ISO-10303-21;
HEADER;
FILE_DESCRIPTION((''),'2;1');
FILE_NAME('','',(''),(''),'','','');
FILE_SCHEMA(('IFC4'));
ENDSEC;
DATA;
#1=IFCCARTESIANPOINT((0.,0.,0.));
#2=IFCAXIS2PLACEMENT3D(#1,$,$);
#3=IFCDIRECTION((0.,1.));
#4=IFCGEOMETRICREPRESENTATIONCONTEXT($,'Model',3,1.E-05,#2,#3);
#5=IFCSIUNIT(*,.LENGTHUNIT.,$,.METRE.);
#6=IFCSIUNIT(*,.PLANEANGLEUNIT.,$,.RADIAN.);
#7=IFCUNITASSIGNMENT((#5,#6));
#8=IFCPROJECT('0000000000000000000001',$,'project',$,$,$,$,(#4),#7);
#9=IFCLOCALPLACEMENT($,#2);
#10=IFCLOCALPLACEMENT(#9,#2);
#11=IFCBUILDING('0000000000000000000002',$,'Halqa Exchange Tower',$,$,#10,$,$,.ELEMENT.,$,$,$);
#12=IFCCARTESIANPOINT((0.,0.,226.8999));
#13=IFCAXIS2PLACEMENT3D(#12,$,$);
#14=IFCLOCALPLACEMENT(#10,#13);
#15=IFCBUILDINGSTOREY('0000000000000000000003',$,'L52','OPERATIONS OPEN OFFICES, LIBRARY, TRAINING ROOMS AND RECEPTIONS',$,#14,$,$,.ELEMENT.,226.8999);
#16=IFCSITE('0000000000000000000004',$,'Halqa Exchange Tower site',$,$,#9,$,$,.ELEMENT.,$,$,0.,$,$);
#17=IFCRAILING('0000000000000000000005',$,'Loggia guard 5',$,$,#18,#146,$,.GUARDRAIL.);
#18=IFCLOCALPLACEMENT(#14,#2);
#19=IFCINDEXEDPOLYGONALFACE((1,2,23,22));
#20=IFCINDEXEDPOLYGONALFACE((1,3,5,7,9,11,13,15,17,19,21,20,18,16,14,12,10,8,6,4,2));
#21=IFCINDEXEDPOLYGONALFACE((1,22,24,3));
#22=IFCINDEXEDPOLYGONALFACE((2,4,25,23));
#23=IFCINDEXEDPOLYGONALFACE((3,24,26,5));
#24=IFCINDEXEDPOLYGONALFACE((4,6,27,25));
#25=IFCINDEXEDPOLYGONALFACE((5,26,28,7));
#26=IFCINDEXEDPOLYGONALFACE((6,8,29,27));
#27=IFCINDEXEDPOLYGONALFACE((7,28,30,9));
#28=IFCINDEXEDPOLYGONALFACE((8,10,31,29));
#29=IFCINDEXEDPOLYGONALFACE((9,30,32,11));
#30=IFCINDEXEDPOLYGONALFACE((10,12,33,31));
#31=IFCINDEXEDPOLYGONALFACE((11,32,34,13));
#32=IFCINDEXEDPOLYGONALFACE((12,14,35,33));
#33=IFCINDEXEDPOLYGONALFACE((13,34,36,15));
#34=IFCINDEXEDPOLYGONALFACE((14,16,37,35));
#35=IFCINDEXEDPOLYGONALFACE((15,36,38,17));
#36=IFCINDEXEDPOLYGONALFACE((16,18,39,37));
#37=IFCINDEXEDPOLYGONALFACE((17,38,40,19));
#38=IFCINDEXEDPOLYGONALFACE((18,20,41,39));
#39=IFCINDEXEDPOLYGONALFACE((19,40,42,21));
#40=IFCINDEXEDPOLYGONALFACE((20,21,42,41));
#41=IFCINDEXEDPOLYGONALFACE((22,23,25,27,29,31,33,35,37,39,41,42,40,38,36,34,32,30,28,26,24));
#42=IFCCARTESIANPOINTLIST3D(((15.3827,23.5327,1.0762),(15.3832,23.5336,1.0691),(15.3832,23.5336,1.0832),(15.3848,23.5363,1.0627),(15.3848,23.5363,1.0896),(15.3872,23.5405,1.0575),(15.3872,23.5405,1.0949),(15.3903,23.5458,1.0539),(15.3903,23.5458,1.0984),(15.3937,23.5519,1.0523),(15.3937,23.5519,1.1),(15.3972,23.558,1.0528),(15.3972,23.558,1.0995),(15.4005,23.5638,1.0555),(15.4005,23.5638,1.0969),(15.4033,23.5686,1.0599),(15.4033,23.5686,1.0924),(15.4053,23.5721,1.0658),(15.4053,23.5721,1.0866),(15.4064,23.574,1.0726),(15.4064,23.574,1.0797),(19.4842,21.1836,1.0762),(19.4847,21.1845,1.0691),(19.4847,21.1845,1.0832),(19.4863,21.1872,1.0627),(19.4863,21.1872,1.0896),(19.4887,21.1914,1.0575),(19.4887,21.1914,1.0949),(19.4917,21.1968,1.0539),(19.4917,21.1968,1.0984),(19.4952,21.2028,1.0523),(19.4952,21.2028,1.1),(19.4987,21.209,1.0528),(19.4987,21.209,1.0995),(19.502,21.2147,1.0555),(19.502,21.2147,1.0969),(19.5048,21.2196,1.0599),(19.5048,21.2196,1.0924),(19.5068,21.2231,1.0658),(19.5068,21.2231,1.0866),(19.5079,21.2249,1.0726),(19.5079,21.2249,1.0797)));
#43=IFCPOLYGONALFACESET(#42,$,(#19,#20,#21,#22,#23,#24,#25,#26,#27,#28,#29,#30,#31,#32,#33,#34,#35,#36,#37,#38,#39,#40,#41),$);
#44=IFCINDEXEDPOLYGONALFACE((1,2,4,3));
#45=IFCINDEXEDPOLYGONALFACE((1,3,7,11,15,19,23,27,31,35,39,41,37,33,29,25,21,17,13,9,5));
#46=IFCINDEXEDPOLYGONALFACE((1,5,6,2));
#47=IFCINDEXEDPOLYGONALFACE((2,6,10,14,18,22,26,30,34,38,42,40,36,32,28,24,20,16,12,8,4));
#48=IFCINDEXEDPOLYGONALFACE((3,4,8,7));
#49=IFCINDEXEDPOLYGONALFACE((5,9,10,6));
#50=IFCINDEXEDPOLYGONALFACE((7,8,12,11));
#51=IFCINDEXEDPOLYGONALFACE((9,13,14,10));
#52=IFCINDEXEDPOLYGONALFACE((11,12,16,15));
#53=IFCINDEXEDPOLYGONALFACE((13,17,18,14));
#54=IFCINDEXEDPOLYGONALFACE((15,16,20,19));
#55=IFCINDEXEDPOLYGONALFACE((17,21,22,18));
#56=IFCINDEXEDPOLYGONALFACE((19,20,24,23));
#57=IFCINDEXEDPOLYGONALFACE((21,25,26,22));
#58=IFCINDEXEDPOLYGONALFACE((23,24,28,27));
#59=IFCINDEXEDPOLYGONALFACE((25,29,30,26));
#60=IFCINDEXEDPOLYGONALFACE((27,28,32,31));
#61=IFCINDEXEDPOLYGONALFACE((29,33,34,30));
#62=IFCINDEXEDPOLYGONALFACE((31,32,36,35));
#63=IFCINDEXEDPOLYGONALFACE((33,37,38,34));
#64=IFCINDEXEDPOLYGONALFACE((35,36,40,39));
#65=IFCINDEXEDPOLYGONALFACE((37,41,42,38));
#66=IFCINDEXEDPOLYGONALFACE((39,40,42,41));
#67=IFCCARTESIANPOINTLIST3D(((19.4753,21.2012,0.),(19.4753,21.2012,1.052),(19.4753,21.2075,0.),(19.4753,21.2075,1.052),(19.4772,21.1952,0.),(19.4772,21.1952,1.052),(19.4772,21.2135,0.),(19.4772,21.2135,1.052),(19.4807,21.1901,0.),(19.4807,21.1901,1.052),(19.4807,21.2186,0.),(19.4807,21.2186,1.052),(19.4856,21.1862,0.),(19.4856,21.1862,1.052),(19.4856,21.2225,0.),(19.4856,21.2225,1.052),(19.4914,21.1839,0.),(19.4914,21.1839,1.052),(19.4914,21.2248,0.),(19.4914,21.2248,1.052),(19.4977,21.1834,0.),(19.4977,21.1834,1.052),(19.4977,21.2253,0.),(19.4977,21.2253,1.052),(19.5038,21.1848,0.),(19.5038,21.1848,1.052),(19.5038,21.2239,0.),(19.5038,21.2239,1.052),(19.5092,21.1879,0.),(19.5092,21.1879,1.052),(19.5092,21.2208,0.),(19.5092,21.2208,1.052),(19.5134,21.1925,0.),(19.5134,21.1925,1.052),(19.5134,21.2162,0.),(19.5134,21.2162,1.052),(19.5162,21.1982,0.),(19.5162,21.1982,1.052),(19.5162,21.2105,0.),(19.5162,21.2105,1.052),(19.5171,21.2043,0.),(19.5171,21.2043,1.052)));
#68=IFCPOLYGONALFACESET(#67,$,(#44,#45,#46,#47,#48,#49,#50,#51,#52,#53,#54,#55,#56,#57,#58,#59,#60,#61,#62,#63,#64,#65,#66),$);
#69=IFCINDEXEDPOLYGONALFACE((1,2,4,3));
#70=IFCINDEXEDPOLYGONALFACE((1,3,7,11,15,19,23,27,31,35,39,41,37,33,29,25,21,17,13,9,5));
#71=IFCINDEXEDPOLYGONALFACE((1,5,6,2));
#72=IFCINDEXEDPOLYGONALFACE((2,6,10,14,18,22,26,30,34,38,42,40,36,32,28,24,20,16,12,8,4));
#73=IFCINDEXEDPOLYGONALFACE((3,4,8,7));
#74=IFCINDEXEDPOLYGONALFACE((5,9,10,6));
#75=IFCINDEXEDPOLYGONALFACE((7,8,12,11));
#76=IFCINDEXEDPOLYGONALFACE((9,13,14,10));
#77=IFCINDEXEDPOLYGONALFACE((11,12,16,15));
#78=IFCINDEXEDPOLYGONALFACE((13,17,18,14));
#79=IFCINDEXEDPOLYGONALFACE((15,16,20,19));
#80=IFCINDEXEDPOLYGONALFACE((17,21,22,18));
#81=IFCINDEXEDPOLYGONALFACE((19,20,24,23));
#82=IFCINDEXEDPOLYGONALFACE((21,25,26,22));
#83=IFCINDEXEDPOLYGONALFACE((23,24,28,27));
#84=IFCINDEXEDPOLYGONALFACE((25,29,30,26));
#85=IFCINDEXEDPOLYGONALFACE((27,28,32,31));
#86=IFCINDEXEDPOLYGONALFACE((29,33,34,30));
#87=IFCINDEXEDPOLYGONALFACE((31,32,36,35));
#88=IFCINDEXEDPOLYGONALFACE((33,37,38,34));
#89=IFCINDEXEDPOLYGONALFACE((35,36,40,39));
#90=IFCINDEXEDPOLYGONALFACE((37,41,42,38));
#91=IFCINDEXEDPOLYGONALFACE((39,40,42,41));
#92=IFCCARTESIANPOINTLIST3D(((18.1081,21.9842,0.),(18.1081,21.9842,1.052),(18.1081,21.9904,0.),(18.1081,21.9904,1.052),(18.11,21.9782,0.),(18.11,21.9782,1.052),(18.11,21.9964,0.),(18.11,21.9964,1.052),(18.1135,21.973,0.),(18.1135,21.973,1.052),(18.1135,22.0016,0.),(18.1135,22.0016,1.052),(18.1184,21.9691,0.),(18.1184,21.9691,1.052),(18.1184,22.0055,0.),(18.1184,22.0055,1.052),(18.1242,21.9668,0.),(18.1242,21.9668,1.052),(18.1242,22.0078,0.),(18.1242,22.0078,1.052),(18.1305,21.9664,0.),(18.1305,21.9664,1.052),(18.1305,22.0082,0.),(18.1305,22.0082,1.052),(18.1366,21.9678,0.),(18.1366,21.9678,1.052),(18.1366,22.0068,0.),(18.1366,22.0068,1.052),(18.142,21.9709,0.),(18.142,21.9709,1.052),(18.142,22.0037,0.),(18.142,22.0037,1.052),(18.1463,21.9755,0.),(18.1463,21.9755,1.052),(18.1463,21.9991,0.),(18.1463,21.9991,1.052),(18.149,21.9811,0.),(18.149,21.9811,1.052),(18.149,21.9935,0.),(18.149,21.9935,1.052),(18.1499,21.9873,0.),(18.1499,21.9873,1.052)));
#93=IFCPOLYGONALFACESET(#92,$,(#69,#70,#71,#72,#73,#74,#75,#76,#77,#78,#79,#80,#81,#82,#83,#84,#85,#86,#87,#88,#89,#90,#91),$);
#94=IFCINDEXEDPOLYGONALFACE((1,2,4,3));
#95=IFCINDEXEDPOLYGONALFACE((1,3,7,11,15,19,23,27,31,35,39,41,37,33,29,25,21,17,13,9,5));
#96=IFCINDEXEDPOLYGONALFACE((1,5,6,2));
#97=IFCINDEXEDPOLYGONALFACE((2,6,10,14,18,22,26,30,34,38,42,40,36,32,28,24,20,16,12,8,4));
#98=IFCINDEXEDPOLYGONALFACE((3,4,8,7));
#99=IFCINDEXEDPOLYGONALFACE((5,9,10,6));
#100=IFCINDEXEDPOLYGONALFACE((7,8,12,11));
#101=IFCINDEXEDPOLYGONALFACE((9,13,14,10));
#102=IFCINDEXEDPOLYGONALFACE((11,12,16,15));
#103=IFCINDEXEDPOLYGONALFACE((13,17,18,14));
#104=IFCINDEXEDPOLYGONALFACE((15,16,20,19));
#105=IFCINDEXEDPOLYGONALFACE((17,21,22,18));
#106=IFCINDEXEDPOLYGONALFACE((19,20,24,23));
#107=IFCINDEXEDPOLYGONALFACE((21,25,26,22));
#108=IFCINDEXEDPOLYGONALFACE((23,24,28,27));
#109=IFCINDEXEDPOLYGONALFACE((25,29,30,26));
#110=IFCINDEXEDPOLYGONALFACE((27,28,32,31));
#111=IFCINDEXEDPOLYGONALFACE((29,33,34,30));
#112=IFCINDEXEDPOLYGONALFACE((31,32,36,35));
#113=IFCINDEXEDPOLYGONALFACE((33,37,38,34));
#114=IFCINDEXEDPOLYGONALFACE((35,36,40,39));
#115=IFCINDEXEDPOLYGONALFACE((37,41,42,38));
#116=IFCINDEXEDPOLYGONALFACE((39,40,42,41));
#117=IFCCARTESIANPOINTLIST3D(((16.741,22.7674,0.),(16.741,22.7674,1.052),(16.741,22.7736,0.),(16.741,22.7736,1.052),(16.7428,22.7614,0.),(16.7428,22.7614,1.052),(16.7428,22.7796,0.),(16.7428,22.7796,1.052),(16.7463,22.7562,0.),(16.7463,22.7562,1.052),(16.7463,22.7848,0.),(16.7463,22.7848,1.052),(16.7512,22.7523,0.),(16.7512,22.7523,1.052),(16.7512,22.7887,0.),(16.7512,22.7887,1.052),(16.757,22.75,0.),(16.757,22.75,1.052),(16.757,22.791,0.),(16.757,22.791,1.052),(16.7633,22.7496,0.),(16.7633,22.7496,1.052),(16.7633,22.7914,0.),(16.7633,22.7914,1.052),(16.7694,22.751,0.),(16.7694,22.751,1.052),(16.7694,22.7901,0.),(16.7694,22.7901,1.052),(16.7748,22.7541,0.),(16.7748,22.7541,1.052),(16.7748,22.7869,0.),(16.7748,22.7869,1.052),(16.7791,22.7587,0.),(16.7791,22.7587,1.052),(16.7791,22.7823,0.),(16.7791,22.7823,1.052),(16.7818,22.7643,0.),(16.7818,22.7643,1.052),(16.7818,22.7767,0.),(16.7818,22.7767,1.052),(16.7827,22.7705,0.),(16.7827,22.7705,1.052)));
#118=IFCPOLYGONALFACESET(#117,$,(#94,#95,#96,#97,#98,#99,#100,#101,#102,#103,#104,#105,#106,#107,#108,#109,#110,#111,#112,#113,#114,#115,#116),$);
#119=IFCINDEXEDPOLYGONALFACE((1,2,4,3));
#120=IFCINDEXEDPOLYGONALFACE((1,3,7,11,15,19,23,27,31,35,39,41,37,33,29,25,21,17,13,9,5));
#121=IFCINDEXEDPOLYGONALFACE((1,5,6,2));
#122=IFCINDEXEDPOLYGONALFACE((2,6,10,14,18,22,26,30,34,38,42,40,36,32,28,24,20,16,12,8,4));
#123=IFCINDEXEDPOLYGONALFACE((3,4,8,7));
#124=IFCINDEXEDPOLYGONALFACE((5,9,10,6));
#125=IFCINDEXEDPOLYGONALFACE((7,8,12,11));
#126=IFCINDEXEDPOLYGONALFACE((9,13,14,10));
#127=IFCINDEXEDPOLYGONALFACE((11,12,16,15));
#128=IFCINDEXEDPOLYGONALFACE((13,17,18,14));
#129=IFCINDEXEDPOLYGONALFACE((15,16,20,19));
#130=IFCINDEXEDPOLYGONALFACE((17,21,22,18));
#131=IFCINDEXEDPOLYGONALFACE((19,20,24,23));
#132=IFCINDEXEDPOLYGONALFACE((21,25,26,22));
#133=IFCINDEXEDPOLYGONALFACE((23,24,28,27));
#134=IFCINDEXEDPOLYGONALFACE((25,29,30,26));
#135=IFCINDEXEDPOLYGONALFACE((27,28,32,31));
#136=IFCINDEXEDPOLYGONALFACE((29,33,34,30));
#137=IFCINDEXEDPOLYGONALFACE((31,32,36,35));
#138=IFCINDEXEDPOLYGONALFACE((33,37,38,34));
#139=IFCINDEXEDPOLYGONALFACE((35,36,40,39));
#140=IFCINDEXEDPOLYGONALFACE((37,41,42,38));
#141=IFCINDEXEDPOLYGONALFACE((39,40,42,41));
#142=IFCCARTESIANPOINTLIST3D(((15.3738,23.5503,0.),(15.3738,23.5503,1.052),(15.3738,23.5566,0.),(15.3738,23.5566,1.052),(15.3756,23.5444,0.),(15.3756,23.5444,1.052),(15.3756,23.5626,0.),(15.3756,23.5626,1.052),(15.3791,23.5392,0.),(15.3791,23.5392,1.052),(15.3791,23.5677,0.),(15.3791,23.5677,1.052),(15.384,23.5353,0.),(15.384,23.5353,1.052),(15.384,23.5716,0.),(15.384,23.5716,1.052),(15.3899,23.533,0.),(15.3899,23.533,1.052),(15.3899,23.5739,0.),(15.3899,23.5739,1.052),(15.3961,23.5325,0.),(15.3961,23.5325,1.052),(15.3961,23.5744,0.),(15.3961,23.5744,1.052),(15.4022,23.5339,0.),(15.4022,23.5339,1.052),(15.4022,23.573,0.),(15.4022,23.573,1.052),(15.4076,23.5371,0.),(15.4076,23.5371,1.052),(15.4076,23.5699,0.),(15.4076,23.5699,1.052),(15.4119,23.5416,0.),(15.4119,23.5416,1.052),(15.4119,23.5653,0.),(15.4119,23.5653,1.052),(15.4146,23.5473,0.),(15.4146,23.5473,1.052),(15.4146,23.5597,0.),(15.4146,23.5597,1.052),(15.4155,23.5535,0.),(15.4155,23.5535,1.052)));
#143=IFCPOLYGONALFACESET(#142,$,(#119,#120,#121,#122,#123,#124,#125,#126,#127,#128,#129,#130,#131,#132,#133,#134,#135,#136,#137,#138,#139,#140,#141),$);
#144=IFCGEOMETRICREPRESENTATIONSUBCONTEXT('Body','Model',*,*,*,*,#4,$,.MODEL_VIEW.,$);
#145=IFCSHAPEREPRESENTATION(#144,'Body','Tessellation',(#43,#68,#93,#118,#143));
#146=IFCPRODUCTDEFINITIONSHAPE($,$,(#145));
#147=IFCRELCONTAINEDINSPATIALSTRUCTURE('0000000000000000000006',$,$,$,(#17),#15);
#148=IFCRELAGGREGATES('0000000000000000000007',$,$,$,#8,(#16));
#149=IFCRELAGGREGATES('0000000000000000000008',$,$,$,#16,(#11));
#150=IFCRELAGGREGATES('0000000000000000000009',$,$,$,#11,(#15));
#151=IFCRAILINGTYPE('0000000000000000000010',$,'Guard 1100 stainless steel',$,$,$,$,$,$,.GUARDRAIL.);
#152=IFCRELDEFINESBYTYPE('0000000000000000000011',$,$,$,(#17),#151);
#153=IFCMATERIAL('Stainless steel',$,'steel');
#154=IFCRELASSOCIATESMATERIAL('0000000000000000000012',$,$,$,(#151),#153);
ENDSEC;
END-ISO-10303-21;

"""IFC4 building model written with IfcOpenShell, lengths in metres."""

from ifc_helpers import new_model, si_unit, direction, frame, origin, origin_2d, place, context, subcontext, project, spatial, circle, extrude, material, type_object, element, save


model = new_model("IFC4")

# Units and contexts
model_context = context("Model", 3, precision=1e-05, world=origin(), true_north=direction((0.0, 1.0)))
body_context = subcontext(model_context, "Body", "Model", "MODEL_VIEW")
ifc_project = project(units=[si_unit("LENGTHUNIT", "METRE"), si_unit("PLANEANGLEUNIT", "RADIAN")], contexts=[model_context])

# Site, building, storey
site_placement = place(None, origin())
site = spatial("IfcSite", under=ifc_project, at=site_placement, Name="Halqa Exchange Tower site", CompositionType="ELEMENT", RefElevation=0.0)
building_placement = place(site_placement, origin())
building = spatial("IfcBuilding", under=site, at=building_placement, Name="Halqa Exchange Tower", CompositionType="ELEMENT")
storey_placement = place(building_placement, frame((0.0, 0.0, 226.8999)))
storey = spatial("IfcBuildingStorey", under=building, at=storey_placement, Name="L52", Description="OPERATIONS OPEN OFFICES, LIBRARY, TRAINING ROOMS AND RECEPTIONS", CompositionType="ELEMENT", Elevation=226.8999)

# Railing
ifc_material_1 = material(Name="Stainless steel", Category="steel")
railing_type = type_object("IfcRailingType", Name="Guard 1100 stainless steel", PredefinedType="GUARDRAIL", material=ifc_material_1)
railing_1_placement = place(storey_placement, frame((19.4961, 21.2043, 0.0)))
element("IfcRailing", 1, at=railing_1_placement, inside=storey, type_object=railing_type, Name="Loggia guard 5", PredefinedType="GUARDRAIL", context=body_context, shape_type="SweptSolid", body=[
    extrude(circle(Radius=0.0239, at=origin_2d()), frame((0.0, 0.0, 1.0762), z_axis=(-0.867753, 0.496995, 0.0), x_axis=(-0.496995, -0.867753, 0.0)), (0.0, 0.0, 1.0), 4.7266),
    extrude(circle(Radius=0.021, at=origin_2d()), origin(), (0.0, 0.0, 1.0), 1.052),
    extrude(circle(Radius=0.021, at=origin_2d()), frame((-1.3672, 0.783, 0.0)), (0.0, 0.0, 1.0), 1.052),
    extrude(circle(Radius=0.021, at=origin_2d()), frame((-2.7344, 1.5662, 0.0)), (0.0, 0.0, 1.0), 1.052),
    extrude(circle(Radius=0.021, at=origin_2d()), frame((-4.1016, 2.3491, 0.0)), (0.0, 0.0, 1.0), 1.052),
])

save(model, "model.ifc")
